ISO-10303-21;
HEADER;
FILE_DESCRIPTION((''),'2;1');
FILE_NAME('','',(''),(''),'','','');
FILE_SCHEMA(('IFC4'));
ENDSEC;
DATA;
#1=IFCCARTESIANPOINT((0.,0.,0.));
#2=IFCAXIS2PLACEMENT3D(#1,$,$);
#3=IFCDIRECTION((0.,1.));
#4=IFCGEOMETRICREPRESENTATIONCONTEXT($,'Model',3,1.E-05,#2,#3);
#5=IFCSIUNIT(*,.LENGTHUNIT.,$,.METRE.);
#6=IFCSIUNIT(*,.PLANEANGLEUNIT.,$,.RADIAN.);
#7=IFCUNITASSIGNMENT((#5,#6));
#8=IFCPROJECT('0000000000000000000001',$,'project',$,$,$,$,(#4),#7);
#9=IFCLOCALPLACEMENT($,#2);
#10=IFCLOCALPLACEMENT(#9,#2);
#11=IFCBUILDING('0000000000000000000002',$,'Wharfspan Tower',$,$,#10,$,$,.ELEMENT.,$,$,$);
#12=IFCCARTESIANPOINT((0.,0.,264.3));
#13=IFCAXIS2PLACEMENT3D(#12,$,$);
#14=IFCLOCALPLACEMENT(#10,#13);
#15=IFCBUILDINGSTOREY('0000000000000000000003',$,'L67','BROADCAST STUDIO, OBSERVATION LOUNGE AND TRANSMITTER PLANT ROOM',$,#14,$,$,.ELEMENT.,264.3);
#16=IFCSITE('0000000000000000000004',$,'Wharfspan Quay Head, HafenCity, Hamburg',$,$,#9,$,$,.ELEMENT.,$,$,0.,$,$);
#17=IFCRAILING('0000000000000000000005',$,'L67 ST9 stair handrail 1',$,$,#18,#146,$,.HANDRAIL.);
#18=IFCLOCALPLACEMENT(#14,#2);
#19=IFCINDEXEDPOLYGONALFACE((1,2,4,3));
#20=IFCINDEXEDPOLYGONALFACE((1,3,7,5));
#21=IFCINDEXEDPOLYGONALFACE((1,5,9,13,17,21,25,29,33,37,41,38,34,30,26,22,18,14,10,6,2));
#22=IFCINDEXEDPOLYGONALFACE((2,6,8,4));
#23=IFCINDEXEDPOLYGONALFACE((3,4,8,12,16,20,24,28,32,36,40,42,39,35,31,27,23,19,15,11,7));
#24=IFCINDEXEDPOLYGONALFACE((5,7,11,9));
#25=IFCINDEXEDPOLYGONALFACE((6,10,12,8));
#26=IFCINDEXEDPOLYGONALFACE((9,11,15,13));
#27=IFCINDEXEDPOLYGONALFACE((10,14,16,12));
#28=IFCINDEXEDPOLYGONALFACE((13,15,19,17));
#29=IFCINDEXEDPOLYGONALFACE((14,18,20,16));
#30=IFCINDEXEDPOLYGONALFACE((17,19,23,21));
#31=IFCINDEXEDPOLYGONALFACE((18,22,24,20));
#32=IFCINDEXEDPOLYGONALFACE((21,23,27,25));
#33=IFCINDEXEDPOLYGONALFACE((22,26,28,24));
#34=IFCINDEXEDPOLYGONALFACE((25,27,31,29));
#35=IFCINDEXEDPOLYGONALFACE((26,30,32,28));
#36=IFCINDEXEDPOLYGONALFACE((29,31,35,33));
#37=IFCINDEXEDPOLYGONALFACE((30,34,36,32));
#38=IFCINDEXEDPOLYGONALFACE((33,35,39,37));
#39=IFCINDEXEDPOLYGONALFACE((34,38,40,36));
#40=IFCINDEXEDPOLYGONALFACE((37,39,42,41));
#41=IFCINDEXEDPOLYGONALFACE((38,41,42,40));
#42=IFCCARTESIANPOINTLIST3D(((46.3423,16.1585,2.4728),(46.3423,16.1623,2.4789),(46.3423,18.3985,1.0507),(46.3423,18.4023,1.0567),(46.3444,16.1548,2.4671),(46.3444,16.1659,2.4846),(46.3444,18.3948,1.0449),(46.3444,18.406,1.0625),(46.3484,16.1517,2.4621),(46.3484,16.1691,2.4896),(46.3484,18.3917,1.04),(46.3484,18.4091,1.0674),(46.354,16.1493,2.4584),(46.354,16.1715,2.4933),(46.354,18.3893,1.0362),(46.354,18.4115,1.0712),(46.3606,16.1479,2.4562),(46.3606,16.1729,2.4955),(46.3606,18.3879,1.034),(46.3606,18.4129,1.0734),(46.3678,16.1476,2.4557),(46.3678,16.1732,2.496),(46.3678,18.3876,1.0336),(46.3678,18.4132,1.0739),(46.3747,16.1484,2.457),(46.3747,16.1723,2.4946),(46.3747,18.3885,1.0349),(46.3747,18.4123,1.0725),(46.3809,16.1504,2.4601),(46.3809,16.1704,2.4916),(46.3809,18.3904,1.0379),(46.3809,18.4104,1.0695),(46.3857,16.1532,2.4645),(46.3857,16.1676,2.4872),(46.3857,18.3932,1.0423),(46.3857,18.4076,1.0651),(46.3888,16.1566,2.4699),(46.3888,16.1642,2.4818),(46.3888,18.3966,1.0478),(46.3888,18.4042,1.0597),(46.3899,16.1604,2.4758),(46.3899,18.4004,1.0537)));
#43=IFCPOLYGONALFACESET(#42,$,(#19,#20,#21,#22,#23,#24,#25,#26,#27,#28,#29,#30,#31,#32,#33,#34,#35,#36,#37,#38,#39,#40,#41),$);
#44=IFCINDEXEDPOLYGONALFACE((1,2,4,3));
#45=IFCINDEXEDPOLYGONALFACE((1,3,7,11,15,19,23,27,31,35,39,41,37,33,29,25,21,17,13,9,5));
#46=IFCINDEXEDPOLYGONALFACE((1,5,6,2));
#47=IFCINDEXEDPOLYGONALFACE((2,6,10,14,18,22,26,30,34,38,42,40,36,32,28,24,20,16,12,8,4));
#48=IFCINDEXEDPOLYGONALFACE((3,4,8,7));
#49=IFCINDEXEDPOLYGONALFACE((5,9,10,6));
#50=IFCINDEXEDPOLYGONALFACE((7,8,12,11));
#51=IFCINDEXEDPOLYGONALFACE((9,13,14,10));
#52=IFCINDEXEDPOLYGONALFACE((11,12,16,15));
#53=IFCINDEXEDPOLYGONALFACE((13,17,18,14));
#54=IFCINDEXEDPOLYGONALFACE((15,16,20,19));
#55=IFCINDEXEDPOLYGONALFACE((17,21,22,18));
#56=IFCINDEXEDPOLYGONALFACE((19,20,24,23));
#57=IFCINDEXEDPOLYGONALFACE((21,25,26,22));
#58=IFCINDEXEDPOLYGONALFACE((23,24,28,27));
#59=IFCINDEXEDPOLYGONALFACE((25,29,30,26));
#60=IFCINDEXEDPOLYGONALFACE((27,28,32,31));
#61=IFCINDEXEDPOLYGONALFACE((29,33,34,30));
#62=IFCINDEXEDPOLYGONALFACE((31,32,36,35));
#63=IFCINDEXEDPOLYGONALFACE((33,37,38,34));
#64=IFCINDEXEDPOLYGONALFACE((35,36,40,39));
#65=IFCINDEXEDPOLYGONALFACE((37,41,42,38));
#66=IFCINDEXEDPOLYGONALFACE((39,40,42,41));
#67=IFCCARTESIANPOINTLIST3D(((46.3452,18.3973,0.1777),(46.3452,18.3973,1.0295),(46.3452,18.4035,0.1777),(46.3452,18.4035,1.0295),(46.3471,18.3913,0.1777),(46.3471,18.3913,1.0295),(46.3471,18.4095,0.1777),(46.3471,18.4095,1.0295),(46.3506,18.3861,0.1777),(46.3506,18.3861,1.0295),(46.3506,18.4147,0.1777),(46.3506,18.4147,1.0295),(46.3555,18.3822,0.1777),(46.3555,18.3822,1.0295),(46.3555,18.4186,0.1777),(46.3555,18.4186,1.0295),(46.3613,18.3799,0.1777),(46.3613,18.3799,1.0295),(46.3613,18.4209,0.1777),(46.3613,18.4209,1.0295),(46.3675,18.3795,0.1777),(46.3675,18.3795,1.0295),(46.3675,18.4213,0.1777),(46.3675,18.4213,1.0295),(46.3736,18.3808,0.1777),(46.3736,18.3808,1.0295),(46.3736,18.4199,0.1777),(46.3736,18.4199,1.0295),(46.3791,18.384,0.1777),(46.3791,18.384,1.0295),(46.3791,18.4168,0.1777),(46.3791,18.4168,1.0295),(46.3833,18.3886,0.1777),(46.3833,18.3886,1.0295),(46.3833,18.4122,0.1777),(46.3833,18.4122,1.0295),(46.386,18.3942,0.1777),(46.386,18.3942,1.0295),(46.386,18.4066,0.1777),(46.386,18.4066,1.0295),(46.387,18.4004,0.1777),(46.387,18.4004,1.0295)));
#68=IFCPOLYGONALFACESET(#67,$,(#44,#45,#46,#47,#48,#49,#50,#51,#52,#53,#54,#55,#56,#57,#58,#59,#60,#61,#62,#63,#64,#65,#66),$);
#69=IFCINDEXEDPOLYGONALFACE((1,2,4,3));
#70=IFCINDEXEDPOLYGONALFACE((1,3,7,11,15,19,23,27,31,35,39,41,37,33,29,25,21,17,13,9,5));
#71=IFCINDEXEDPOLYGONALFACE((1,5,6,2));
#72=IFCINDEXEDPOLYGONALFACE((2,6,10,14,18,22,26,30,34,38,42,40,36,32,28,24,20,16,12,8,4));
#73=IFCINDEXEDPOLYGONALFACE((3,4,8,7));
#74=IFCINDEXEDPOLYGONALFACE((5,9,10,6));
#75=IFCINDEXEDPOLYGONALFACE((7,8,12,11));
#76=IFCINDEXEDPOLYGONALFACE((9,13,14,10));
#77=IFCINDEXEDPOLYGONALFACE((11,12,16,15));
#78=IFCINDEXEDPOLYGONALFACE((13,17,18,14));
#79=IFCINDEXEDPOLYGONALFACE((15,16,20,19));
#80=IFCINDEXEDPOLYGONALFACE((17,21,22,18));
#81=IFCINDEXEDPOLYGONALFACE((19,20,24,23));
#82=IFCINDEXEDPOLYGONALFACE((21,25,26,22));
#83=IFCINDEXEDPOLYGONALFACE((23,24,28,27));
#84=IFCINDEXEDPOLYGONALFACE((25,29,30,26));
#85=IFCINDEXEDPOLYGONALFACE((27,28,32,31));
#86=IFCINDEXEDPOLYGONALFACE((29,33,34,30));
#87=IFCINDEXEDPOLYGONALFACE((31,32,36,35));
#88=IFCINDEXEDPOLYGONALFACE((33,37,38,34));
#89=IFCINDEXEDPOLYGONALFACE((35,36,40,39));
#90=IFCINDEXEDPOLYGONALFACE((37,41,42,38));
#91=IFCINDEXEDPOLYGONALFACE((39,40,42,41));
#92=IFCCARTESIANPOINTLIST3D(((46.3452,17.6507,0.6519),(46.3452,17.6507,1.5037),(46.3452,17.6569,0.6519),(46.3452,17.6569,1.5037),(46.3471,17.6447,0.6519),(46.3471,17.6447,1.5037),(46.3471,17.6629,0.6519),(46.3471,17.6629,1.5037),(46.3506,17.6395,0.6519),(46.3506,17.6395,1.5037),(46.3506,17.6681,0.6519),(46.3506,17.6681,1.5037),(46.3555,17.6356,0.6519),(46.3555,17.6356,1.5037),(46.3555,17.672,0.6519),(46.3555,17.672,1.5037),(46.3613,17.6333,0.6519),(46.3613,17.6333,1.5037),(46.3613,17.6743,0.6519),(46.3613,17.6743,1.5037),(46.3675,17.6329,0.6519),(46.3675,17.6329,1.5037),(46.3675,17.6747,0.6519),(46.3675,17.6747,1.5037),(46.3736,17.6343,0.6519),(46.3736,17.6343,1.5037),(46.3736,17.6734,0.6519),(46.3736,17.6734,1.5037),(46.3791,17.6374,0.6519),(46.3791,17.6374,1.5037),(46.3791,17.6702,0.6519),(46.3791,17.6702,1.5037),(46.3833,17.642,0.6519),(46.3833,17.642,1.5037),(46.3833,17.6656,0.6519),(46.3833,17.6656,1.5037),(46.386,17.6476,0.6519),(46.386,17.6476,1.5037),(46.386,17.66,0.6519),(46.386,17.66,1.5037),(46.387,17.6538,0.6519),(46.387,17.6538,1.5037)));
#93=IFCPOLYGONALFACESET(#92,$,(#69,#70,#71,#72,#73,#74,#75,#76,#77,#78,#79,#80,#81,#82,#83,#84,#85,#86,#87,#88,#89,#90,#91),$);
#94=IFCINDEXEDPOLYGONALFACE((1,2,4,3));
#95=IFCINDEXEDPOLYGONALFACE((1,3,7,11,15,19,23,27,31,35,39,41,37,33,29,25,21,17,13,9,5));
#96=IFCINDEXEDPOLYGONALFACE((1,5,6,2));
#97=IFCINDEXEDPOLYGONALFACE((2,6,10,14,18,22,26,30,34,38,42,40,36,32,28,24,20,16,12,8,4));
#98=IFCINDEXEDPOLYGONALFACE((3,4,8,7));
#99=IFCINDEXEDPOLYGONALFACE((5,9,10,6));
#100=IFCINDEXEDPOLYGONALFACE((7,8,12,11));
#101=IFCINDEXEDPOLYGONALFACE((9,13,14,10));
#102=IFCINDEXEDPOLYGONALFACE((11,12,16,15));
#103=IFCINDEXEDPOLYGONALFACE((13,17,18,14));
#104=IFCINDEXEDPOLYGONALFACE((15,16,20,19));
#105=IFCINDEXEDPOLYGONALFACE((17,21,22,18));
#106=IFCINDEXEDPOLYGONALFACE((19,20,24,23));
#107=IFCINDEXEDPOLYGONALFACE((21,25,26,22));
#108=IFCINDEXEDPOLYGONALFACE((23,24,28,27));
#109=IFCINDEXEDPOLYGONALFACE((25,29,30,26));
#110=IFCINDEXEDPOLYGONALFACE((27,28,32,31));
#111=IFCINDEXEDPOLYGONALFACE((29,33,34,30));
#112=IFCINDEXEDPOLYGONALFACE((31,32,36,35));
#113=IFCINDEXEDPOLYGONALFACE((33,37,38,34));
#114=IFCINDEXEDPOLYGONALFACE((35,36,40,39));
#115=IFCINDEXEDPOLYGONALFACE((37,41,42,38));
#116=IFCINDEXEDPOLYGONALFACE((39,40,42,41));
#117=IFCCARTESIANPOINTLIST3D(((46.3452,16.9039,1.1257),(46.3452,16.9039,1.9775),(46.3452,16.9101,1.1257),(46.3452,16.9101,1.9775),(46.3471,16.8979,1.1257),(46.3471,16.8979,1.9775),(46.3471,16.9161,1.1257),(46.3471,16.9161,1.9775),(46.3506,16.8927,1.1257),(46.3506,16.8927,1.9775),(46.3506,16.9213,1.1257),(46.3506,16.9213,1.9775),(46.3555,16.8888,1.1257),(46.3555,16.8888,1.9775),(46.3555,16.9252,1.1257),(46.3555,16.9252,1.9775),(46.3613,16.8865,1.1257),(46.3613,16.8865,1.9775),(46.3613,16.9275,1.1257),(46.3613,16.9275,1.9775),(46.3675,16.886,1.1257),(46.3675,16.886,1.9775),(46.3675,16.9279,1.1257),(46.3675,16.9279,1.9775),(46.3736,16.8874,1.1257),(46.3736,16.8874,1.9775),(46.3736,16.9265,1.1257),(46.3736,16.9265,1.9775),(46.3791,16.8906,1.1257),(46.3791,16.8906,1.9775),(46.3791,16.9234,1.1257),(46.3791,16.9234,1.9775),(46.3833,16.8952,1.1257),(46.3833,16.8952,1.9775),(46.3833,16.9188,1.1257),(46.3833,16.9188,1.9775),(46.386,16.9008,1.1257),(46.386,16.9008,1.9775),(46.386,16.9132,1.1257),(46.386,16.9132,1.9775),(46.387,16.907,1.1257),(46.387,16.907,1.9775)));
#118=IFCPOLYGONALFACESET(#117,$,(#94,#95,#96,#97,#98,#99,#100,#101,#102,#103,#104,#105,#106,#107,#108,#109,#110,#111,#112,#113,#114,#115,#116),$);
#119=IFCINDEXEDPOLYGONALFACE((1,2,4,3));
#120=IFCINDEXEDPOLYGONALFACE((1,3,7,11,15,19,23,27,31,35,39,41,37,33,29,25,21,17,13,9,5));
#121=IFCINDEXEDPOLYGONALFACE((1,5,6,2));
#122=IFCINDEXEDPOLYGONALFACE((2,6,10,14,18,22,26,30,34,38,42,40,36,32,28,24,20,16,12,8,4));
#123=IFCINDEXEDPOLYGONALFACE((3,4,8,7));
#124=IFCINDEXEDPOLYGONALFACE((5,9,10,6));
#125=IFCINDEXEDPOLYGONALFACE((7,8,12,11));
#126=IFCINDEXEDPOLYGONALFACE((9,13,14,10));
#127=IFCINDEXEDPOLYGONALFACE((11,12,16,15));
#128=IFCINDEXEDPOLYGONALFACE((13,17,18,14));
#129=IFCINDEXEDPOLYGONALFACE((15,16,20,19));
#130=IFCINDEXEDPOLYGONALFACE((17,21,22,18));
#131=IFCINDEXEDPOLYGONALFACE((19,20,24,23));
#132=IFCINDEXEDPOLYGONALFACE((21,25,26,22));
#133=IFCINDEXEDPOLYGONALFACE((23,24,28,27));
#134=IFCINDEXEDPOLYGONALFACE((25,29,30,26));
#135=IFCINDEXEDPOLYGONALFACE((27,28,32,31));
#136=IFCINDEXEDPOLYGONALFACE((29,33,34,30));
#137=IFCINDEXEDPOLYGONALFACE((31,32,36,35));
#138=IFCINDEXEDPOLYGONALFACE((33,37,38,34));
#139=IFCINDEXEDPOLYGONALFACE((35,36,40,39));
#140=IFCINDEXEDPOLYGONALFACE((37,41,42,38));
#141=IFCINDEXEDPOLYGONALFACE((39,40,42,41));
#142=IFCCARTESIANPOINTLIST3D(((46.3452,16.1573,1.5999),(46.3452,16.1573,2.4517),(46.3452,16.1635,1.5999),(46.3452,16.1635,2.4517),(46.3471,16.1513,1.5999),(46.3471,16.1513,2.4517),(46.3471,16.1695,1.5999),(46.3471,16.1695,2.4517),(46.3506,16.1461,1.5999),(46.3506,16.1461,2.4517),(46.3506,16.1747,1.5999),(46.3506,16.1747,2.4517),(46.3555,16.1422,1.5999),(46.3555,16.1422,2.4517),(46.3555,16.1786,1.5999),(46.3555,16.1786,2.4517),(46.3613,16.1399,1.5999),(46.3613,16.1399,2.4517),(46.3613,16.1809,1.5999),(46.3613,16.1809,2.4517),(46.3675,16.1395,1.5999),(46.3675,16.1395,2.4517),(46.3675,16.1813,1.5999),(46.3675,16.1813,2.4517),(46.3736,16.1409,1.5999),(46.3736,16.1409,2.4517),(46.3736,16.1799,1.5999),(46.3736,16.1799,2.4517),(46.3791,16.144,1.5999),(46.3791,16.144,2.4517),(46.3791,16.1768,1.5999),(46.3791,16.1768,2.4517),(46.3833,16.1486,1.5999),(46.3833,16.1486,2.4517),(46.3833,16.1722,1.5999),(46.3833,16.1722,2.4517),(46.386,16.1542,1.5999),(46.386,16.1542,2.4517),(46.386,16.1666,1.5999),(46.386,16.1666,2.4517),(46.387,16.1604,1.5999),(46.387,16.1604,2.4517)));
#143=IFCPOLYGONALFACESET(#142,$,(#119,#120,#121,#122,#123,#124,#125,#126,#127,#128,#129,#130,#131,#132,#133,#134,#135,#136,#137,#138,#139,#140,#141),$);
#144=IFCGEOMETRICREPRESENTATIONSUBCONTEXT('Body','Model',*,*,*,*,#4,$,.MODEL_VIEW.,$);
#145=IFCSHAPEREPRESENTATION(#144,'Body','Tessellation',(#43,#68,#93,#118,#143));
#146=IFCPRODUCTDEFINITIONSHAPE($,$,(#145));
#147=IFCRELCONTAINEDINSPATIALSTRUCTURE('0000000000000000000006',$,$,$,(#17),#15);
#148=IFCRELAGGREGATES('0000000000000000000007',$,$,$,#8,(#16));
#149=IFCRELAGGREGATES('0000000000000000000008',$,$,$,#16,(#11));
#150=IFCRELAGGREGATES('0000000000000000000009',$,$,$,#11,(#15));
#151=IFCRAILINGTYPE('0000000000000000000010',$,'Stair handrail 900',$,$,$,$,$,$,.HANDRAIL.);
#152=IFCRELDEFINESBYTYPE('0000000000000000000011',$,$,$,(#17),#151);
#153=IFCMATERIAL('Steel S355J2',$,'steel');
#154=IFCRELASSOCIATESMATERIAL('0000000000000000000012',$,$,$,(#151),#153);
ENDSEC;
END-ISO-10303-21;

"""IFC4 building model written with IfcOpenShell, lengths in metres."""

from ifc_helpers import new_model, si_unit, direction, frame, origin, origin_2d, place, context, subcontext, project, spatial, circle, extrude, material, type_object, element, save


model = new_model("IFC4")

# Units and contexts
model_context = context("Model", 3, precision=1e-05, world=origin(), true_north=direction((0.0, 1.0)))
body_context = subcontext(model_context, "Body", "Model", "MODEL_VIEW")
ifc_project = project(units=[si_unit("LENGTHUNIT", "METRE"), si_unit("PLANEANGLEUNIT", "RADIAN")], contexts=[model_context])

# Site, building, storey
site_placement = place(None, origin())
site = spatial("IfcSite", under=ifc_project, at=site_placement, Name="Wharfspan Quay Head, HafenCity, Hamburg", CompositionType="ELEMENT", RefElevation=0.0)
building_placement = place(site_placement, origin())
building = spatial("IfcBuilding", under=site, at=building_placement, Name="Wharfspan Tower", CompositionType="ELEMENT")
storey_placement = place(building_placement, frame((0.0, 0.0, 264.3)))
storey = spatial("IfcBuildingStorey", under=building, at=storey_placement, Name="L67", Description="BROADCAST STUDIO, OBSERVATION LOUNGE AND TRANSMITTER PLANT ROOM", CompositionType="ELEMENT", Elevation=264.3)

# Shared definitions
ifc_material_1 = material(Name="Steel S355J2", Category="steel")

# Railing
railing_type_1 = type_object("IfcRailingType", Name="Stair handrail 900", PredefinedType="HANDRAIL", material=ifc_material_1)
railing_1_placement = place(storey_placement, frame((46.366, 18.4004, 0.1777)))
element("IfcRailing", 1, at=railing_1_placement, inside=storey, type_object=railing_type_1, Name="L67 ST9 stair handrail 1", PredefinedType="HANDRAIL", context=body_context, shape_type="SweptSolid", body=[
    extrude(circle(Radius=0.0239, at=origin_2d()), frame((0.0, 0.0, 0.876), z_axis=(0.0, -0.844229, 0.535982), x_axis=(1.0, 0.0, 0.0)), (0.0, 0.0, 1.0), 2.6533),
    extrude(circle(Radius=0.021, at=origin_2d()), origin(), (0.0, 0.0, 1.0), 0.8518),
    extrude(circle(Radius=0.021, at=origin_2d()), frame((0.0, -0.7466, 0.4741)), (0.0, 0.0, 1.0), 0.8518),
    extrude(circle(Radius=0.021, at=origin_2d()), frame((0.0, -1.4934, 0.948)), (0.0, 0.0, 1.0), 0.8518),
    extrude(circle(Radius=0.021, at=origin_2d()), frame((0.0, -2.24, 1.4221)), (0.0, 0.0, 1.0), 0.8518),
])

save(model, "model.ifc")
